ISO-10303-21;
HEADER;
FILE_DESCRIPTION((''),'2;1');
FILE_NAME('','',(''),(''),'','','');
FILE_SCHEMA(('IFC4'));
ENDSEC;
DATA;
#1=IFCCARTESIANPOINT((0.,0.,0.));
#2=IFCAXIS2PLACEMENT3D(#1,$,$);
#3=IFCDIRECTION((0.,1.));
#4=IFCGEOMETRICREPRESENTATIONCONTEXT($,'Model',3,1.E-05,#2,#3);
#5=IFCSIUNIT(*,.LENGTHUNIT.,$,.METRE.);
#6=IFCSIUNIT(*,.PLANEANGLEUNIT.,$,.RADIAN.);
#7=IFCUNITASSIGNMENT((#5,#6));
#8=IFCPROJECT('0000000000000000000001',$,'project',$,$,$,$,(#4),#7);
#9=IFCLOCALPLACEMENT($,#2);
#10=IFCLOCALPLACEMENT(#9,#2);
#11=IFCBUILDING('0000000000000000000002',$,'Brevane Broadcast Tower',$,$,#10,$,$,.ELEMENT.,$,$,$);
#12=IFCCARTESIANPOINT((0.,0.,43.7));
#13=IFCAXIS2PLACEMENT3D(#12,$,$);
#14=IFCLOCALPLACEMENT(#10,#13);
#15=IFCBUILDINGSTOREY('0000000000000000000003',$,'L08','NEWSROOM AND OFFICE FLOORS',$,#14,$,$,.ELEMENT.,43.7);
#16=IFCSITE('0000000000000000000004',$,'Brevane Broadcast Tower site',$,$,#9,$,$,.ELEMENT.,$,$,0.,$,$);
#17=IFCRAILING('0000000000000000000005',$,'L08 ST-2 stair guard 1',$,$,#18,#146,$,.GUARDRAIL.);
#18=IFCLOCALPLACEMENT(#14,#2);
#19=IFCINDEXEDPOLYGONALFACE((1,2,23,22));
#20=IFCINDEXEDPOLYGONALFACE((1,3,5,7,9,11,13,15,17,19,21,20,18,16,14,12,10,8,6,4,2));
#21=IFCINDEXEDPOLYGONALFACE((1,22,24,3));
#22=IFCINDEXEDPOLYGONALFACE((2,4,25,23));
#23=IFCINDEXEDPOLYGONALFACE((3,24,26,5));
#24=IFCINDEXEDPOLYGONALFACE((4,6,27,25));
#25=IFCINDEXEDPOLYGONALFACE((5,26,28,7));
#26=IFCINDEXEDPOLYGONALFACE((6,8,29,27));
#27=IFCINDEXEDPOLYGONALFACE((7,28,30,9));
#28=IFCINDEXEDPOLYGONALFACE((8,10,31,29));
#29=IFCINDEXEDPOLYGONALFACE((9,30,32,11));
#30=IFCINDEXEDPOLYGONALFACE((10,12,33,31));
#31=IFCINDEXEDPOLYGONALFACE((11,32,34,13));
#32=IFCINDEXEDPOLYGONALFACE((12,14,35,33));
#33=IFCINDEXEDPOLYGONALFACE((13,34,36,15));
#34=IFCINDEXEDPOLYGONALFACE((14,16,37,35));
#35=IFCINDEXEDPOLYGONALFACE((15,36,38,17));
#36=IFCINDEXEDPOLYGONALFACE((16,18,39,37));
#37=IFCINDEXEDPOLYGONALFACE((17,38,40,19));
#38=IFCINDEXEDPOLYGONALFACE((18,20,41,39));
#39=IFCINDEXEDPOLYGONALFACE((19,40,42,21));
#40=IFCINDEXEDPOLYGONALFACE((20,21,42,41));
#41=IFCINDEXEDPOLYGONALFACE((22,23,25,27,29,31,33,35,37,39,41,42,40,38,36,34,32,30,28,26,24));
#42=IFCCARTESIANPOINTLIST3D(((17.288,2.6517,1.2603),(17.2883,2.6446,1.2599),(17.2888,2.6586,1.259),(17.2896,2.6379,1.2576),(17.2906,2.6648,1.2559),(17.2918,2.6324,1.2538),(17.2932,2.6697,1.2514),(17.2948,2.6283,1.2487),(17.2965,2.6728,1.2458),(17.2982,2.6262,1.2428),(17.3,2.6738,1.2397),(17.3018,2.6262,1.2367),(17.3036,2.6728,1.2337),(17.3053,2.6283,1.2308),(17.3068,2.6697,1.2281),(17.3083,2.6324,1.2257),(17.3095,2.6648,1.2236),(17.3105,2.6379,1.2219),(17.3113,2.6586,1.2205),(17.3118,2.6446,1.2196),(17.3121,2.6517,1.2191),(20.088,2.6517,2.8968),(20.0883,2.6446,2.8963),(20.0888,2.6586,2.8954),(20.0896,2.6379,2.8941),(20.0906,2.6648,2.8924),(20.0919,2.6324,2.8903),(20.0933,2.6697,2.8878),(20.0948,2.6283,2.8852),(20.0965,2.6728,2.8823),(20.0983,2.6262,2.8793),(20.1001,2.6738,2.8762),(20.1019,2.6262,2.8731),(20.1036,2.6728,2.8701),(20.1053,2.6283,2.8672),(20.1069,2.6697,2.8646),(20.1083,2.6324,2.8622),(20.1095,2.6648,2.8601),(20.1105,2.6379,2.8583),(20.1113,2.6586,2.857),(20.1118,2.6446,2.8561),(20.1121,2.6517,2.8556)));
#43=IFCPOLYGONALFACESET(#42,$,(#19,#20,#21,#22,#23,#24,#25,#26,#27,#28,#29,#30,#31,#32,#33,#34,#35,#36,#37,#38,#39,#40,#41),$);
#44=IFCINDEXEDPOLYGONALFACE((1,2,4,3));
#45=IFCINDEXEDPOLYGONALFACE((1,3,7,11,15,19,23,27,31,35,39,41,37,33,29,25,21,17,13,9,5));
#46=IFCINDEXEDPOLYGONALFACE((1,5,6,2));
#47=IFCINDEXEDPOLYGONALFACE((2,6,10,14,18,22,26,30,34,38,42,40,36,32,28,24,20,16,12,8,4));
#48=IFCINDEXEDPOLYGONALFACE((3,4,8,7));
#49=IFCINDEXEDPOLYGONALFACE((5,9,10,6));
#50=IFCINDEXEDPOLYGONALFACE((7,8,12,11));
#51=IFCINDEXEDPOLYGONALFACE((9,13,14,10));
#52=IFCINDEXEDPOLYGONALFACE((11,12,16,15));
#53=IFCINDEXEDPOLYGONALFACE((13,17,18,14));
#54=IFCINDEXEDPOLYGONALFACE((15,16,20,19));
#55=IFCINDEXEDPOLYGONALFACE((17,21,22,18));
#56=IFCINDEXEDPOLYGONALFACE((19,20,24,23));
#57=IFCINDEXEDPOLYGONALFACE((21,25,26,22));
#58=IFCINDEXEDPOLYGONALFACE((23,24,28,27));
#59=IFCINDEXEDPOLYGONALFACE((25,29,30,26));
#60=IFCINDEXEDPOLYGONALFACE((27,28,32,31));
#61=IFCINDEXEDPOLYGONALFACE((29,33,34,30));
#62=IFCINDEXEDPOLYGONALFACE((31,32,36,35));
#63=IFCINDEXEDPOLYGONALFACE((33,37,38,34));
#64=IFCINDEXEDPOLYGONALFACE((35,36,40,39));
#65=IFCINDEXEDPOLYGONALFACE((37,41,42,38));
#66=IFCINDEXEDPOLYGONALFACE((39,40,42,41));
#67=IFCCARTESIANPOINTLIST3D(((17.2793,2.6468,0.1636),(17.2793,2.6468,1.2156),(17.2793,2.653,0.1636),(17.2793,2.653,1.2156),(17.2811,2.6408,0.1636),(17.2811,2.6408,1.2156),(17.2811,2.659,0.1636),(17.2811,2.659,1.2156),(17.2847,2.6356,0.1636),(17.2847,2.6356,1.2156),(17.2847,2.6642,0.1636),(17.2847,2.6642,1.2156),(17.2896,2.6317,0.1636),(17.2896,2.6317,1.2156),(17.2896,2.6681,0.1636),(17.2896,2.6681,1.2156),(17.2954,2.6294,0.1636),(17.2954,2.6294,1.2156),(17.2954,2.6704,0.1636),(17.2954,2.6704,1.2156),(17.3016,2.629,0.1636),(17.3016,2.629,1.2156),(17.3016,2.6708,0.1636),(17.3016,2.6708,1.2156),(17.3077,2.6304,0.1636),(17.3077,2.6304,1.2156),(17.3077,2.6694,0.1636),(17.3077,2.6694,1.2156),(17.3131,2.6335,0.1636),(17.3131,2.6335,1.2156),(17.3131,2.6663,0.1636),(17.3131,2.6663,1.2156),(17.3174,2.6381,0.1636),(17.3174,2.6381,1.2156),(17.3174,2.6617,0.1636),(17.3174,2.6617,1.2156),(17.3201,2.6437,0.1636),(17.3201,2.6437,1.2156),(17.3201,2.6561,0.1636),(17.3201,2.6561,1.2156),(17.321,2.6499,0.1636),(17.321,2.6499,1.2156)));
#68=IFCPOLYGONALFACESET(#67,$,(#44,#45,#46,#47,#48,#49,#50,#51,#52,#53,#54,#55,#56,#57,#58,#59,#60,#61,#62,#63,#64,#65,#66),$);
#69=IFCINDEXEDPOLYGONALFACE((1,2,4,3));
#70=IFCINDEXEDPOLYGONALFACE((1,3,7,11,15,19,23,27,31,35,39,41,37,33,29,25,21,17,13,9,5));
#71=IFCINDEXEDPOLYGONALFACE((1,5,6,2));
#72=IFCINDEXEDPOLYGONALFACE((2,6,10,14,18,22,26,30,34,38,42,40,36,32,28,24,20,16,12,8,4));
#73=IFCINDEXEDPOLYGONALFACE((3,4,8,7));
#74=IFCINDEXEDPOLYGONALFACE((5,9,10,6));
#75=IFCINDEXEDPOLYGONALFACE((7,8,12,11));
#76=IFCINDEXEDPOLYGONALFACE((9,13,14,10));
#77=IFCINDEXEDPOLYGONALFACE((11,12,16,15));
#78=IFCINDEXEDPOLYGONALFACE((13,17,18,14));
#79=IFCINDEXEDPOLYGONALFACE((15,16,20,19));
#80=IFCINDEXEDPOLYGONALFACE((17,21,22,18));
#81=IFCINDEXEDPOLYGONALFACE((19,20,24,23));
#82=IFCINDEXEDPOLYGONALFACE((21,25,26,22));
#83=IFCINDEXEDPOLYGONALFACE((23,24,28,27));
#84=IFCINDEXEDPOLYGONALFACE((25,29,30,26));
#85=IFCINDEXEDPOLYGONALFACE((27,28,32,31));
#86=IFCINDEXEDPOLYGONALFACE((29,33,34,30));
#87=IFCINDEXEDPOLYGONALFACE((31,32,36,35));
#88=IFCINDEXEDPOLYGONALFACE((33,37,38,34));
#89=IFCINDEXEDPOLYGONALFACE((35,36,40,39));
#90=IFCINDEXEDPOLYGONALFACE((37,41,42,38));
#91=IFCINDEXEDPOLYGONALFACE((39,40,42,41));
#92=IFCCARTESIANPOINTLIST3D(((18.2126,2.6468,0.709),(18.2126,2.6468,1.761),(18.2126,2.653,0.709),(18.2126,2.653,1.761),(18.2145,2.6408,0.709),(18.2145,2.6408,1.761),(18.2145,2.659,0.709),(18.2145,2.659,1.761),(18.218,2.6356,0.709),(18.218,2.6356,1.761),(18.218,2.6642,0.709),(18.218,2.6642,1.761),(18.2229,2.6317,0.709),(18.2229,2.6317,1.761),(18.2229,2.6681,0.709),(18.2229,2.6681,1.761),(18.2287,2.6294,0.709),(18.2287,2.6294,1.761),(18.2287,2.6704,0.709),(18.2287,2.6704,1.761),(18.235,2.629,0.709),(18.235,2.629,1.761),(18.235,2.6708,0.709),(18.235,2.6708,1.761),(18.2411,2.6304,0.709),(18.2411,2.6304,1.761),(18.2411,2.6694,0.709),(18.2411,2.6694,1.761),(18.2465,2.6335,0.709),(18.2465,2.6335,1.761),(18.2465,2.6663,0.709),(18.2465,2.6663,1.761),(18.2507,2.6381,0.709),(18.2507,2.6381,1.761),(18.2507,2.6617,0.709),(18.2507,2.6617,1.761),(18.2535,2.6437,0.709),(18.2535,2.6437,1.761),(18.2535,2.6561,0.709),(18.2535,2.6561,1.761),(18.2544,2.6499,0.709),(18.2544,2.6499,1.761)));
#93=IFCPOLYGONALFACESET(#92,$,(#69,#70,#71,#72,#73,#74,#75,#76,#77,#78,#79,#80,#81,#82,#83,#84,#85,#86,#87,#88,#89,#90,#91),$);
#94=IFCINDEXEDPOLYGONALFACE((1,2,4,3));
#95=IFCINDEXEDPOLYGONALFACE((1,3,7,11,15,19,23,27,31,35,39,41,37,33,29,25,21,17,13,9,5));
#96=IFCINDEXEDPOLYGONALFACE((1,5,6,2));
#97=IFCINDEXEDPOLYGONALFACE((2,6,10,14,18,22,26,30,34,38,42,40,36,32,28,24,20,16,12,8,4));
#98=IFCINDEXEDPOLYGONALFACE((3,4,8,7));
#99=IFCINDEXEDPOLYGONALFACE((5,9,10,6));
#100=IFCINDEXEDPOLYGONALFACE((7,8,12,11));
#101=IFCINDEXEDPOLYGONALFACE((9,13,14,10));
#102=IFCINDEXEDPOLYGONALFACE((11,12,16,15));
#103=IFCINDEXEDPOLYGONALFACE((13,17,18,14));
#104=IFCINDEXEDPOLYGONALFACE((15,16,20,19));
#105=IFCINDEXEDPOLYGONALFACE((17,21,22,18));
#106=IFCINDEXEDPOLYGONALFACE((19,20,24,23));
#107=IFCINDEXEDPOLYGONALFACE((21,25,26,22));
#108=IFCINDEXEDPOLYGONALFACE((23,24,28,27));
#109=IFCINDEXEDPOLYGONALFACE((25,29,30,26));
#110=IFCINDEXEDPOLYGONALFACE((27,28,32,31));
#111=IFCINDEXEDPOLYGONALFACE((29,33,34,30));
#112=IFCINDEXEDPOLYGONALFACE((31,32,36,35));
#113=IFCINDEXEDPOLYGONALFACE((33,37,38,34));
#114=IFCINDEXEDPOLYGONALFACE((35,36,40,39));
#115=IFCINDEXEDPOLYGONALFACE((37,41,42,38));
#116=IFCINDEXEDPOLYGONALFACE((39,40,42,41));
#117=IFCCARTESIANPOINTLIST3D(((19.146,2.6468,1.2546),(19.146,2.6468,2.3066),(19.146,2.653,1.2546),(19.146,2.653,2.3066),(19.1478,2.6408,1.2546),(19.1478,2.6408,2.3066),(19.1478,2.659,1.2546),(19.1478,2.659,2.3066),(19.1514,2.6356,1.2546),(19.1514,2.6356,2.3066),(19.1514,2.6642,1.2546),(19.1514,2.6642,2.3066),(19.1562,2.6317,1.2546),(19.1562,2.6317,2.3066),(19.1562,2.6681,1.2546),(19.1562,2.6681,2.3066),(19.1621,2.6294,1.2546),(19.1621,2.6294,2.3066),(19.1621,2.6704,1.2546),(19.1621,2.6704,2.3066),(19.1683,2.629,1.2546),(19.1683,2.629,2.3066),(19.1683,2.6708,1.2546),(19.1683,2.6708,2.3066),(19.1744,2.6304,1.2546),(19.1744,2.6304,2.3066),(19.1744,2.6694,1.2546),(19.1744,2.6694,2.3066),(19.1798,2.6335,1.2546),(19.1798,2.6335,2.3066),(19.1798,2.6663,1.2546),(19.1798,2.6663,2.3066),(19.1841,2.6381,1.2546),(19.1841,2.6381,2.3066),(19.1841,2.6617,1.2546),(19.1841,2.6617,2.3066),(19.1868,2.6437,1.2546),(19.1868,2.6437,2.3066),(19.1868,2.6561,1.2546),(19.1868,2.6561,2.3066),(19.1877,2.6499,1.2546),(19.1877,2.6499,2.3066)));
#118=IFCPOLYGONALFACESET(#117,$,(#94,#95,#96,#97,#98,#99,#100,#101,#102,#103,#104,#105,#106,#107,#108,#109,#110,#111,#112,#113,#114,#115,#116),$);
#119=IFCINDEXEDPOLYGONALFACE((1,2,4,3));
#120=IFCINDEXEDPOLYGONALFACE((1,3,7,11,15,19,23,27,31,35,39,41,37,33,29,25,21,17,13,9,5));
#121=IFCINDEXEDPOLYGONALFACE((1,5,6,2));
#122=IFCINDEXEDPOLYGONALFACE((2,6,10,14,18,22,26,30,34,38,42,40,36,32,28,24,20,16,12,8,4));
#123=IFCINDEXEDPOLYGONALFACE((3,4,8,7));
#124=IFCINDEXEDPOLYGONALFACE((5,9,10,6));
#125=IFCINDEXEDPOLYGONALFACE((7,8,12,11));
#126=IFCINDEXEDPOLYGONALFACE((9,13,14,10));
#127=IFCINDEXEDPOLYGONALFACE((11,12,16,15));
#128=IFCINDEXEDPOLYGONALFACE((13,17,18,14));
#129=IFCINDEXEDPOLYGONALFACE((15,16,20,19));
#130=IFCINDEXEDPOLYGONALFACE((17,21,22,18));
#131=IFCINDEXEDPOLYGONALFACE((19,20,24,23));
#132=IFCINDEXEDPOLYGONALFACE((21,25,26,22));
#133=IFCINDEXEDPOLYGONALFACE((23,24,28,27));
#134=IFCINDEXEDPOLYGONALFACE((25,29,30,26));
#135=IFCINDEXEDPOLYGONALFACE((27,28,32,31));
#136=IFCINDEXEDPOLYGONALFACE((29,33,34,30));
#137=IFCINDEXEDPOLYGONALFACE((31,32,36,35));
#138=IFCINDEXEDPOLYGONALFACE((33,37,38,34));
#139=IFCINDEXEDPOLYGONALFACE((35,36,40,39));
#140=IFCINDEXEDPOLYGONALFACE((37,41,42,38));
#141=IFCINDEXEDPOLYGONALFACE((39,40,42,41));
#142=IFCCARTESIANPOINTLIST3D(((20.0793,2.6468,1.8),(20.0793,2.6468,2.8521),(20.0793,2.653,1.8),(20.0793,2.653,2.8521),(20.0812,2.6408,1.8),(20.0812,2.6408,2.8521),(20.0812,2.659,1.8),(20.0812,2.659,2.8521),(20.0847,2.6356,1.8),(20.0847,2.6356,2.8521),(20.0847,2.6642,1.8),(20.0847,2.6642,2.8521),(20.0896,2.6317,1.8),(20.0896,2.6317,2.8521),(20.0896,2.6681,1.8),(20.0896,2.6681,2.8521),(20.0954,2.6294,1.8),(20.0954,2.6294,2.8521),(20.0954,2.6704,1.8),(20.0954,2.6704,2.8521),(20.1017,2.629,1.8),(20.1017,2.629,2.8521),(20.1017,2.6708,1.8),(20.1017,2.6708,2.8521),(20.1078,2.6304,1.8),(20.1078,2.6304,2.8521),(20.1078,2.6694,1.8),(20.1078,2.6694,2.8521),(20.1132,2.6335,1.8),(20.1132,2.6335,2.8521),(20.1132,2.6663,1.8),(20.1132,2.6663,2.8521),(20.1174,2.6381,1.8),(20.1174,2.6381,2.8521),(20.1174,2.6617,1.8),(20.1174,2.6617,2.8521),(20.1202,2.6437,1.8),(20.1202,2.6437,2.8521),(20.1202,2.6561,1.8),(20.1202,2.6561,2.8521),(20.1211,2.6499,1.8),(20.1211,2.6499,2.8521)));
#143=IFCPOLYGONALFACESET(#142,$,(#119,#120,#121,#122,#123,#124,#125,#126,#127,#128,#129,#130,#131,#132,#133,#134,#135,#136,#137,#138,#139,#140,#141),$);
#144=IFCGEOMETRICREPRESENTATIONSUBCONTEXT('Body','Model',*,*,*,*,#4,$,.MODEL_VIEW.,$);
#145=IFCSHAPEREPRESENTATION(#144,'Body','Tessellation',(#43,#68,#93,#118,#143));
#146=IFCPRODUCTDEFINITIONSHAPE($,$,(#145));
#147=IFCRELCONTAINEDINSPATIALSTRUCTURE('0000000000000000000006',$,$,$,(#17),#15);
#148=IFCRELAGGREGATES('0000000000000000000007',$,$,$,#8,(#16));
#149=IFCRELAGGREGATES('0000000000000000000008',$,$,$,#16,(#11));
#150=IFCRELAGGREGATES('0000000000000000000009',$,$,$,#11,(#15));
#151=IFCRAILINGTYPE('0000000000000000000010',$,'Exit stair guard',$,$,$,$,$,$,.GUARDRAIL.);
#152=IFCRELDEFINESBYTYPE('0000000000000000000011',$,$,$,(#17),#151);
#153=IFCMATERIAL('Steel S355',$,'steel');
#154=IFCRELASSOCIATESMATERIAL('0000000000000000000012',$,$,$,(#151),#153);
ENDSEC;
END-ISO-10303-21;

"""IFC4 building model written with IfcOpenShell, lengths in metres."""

from ifc_helpers import new_model, si_unit, direction, frame, origin, origin_2d, place, context, subcontext, project, spatial, circle, extrude, material, type_object, element, save


model = new_model("IFC4")

# Units and contexts
model_context = context("Model", 3, precision=1e-05, world=origin(), true_north=direction((0.0, 1.0)))
body_context = subcontext(model_context, "Body", "Model", "MODEL_VIEW")
ifc_project = project(units=[si_unit("LENGTHUNIT", "METRE"), si_unit("PLANEANGLEUNIT", "RADIAN")], contexts=[model_context])

# Site, building, storey
site_placement = place(None, origin())
site = spatial("IfcSite", under=ifc_project, at=site_placement, Name="Brevane Broadcast Tower site", CompositionType="ELEMENT", RefElevation=0.0)
building_placement = place(site_placement, origin())
building = spatial("IfcBuilding", under=site, at=building_placement, Name="Brevane Broadcast Tower", CompositionType="ELEMENT")
storey_placement = place(building_placement, frame((0.0, 0.0, 43.7)))
storey = spatial("IfcBuildingStorey", under=building, at=storey_placement, Name="L08", Description="NEWSROOM AND OFFICE FLOORS", CompositionType="ELEMENT", Elevation=43.7)

# Railing
ifc_material_1 = material(Name="Steel S355", Category="steel")
railing_type_1 = type_object("IfcRailingType", Name="Exit stair guard", PredefinedType="GUARDRAIL", material=ifc_material_1)
railing_1_placement = place(storey_placement, frame((17.3, 2.6499, 0.1636)))
element("IfcRailing", 1, at=railing_1_placement, inside=storey, type_object=railing_type_1, Name="L08 ST-2 stair guard 1", PredefinedType="GUARDRAIL", context=body_context, shape_type="SweptSolid", body=[
    extrude(circle(Radius=0.0239, at=origin_2d()), frame((0.0, 0.0, 1.0762), z_axis=(0.863361, 0.0, 0.504587), x_axis=(0.0, 1.0, 0.0)), (0.0, 0.0, 1.0), 3.2432),
    extrude(circle(Radius=0.021, at=origin_2d()), origin(), (0.0, 0.0, 1.0), 1.052),
    extrude(circle(Radius=0.021, at=origin_2d()), frame((0.9333, 0.0, 0.5454)), (0.0, 0.0, 1.0), 1.052),
    extrude(circle(Radius=0.021, at=origin_2d()), frame((1.8667, 0.0, 1.0911)), (0.0, 0.0, 1.0), 1.052),
    extrude(circle(Radius=0.021, at=origin_2d()), frame((2.8, 0.0, 1.6365)), (0.0, 0.0, 1.0), 1.052),
])

save(model, "model.ifc")
